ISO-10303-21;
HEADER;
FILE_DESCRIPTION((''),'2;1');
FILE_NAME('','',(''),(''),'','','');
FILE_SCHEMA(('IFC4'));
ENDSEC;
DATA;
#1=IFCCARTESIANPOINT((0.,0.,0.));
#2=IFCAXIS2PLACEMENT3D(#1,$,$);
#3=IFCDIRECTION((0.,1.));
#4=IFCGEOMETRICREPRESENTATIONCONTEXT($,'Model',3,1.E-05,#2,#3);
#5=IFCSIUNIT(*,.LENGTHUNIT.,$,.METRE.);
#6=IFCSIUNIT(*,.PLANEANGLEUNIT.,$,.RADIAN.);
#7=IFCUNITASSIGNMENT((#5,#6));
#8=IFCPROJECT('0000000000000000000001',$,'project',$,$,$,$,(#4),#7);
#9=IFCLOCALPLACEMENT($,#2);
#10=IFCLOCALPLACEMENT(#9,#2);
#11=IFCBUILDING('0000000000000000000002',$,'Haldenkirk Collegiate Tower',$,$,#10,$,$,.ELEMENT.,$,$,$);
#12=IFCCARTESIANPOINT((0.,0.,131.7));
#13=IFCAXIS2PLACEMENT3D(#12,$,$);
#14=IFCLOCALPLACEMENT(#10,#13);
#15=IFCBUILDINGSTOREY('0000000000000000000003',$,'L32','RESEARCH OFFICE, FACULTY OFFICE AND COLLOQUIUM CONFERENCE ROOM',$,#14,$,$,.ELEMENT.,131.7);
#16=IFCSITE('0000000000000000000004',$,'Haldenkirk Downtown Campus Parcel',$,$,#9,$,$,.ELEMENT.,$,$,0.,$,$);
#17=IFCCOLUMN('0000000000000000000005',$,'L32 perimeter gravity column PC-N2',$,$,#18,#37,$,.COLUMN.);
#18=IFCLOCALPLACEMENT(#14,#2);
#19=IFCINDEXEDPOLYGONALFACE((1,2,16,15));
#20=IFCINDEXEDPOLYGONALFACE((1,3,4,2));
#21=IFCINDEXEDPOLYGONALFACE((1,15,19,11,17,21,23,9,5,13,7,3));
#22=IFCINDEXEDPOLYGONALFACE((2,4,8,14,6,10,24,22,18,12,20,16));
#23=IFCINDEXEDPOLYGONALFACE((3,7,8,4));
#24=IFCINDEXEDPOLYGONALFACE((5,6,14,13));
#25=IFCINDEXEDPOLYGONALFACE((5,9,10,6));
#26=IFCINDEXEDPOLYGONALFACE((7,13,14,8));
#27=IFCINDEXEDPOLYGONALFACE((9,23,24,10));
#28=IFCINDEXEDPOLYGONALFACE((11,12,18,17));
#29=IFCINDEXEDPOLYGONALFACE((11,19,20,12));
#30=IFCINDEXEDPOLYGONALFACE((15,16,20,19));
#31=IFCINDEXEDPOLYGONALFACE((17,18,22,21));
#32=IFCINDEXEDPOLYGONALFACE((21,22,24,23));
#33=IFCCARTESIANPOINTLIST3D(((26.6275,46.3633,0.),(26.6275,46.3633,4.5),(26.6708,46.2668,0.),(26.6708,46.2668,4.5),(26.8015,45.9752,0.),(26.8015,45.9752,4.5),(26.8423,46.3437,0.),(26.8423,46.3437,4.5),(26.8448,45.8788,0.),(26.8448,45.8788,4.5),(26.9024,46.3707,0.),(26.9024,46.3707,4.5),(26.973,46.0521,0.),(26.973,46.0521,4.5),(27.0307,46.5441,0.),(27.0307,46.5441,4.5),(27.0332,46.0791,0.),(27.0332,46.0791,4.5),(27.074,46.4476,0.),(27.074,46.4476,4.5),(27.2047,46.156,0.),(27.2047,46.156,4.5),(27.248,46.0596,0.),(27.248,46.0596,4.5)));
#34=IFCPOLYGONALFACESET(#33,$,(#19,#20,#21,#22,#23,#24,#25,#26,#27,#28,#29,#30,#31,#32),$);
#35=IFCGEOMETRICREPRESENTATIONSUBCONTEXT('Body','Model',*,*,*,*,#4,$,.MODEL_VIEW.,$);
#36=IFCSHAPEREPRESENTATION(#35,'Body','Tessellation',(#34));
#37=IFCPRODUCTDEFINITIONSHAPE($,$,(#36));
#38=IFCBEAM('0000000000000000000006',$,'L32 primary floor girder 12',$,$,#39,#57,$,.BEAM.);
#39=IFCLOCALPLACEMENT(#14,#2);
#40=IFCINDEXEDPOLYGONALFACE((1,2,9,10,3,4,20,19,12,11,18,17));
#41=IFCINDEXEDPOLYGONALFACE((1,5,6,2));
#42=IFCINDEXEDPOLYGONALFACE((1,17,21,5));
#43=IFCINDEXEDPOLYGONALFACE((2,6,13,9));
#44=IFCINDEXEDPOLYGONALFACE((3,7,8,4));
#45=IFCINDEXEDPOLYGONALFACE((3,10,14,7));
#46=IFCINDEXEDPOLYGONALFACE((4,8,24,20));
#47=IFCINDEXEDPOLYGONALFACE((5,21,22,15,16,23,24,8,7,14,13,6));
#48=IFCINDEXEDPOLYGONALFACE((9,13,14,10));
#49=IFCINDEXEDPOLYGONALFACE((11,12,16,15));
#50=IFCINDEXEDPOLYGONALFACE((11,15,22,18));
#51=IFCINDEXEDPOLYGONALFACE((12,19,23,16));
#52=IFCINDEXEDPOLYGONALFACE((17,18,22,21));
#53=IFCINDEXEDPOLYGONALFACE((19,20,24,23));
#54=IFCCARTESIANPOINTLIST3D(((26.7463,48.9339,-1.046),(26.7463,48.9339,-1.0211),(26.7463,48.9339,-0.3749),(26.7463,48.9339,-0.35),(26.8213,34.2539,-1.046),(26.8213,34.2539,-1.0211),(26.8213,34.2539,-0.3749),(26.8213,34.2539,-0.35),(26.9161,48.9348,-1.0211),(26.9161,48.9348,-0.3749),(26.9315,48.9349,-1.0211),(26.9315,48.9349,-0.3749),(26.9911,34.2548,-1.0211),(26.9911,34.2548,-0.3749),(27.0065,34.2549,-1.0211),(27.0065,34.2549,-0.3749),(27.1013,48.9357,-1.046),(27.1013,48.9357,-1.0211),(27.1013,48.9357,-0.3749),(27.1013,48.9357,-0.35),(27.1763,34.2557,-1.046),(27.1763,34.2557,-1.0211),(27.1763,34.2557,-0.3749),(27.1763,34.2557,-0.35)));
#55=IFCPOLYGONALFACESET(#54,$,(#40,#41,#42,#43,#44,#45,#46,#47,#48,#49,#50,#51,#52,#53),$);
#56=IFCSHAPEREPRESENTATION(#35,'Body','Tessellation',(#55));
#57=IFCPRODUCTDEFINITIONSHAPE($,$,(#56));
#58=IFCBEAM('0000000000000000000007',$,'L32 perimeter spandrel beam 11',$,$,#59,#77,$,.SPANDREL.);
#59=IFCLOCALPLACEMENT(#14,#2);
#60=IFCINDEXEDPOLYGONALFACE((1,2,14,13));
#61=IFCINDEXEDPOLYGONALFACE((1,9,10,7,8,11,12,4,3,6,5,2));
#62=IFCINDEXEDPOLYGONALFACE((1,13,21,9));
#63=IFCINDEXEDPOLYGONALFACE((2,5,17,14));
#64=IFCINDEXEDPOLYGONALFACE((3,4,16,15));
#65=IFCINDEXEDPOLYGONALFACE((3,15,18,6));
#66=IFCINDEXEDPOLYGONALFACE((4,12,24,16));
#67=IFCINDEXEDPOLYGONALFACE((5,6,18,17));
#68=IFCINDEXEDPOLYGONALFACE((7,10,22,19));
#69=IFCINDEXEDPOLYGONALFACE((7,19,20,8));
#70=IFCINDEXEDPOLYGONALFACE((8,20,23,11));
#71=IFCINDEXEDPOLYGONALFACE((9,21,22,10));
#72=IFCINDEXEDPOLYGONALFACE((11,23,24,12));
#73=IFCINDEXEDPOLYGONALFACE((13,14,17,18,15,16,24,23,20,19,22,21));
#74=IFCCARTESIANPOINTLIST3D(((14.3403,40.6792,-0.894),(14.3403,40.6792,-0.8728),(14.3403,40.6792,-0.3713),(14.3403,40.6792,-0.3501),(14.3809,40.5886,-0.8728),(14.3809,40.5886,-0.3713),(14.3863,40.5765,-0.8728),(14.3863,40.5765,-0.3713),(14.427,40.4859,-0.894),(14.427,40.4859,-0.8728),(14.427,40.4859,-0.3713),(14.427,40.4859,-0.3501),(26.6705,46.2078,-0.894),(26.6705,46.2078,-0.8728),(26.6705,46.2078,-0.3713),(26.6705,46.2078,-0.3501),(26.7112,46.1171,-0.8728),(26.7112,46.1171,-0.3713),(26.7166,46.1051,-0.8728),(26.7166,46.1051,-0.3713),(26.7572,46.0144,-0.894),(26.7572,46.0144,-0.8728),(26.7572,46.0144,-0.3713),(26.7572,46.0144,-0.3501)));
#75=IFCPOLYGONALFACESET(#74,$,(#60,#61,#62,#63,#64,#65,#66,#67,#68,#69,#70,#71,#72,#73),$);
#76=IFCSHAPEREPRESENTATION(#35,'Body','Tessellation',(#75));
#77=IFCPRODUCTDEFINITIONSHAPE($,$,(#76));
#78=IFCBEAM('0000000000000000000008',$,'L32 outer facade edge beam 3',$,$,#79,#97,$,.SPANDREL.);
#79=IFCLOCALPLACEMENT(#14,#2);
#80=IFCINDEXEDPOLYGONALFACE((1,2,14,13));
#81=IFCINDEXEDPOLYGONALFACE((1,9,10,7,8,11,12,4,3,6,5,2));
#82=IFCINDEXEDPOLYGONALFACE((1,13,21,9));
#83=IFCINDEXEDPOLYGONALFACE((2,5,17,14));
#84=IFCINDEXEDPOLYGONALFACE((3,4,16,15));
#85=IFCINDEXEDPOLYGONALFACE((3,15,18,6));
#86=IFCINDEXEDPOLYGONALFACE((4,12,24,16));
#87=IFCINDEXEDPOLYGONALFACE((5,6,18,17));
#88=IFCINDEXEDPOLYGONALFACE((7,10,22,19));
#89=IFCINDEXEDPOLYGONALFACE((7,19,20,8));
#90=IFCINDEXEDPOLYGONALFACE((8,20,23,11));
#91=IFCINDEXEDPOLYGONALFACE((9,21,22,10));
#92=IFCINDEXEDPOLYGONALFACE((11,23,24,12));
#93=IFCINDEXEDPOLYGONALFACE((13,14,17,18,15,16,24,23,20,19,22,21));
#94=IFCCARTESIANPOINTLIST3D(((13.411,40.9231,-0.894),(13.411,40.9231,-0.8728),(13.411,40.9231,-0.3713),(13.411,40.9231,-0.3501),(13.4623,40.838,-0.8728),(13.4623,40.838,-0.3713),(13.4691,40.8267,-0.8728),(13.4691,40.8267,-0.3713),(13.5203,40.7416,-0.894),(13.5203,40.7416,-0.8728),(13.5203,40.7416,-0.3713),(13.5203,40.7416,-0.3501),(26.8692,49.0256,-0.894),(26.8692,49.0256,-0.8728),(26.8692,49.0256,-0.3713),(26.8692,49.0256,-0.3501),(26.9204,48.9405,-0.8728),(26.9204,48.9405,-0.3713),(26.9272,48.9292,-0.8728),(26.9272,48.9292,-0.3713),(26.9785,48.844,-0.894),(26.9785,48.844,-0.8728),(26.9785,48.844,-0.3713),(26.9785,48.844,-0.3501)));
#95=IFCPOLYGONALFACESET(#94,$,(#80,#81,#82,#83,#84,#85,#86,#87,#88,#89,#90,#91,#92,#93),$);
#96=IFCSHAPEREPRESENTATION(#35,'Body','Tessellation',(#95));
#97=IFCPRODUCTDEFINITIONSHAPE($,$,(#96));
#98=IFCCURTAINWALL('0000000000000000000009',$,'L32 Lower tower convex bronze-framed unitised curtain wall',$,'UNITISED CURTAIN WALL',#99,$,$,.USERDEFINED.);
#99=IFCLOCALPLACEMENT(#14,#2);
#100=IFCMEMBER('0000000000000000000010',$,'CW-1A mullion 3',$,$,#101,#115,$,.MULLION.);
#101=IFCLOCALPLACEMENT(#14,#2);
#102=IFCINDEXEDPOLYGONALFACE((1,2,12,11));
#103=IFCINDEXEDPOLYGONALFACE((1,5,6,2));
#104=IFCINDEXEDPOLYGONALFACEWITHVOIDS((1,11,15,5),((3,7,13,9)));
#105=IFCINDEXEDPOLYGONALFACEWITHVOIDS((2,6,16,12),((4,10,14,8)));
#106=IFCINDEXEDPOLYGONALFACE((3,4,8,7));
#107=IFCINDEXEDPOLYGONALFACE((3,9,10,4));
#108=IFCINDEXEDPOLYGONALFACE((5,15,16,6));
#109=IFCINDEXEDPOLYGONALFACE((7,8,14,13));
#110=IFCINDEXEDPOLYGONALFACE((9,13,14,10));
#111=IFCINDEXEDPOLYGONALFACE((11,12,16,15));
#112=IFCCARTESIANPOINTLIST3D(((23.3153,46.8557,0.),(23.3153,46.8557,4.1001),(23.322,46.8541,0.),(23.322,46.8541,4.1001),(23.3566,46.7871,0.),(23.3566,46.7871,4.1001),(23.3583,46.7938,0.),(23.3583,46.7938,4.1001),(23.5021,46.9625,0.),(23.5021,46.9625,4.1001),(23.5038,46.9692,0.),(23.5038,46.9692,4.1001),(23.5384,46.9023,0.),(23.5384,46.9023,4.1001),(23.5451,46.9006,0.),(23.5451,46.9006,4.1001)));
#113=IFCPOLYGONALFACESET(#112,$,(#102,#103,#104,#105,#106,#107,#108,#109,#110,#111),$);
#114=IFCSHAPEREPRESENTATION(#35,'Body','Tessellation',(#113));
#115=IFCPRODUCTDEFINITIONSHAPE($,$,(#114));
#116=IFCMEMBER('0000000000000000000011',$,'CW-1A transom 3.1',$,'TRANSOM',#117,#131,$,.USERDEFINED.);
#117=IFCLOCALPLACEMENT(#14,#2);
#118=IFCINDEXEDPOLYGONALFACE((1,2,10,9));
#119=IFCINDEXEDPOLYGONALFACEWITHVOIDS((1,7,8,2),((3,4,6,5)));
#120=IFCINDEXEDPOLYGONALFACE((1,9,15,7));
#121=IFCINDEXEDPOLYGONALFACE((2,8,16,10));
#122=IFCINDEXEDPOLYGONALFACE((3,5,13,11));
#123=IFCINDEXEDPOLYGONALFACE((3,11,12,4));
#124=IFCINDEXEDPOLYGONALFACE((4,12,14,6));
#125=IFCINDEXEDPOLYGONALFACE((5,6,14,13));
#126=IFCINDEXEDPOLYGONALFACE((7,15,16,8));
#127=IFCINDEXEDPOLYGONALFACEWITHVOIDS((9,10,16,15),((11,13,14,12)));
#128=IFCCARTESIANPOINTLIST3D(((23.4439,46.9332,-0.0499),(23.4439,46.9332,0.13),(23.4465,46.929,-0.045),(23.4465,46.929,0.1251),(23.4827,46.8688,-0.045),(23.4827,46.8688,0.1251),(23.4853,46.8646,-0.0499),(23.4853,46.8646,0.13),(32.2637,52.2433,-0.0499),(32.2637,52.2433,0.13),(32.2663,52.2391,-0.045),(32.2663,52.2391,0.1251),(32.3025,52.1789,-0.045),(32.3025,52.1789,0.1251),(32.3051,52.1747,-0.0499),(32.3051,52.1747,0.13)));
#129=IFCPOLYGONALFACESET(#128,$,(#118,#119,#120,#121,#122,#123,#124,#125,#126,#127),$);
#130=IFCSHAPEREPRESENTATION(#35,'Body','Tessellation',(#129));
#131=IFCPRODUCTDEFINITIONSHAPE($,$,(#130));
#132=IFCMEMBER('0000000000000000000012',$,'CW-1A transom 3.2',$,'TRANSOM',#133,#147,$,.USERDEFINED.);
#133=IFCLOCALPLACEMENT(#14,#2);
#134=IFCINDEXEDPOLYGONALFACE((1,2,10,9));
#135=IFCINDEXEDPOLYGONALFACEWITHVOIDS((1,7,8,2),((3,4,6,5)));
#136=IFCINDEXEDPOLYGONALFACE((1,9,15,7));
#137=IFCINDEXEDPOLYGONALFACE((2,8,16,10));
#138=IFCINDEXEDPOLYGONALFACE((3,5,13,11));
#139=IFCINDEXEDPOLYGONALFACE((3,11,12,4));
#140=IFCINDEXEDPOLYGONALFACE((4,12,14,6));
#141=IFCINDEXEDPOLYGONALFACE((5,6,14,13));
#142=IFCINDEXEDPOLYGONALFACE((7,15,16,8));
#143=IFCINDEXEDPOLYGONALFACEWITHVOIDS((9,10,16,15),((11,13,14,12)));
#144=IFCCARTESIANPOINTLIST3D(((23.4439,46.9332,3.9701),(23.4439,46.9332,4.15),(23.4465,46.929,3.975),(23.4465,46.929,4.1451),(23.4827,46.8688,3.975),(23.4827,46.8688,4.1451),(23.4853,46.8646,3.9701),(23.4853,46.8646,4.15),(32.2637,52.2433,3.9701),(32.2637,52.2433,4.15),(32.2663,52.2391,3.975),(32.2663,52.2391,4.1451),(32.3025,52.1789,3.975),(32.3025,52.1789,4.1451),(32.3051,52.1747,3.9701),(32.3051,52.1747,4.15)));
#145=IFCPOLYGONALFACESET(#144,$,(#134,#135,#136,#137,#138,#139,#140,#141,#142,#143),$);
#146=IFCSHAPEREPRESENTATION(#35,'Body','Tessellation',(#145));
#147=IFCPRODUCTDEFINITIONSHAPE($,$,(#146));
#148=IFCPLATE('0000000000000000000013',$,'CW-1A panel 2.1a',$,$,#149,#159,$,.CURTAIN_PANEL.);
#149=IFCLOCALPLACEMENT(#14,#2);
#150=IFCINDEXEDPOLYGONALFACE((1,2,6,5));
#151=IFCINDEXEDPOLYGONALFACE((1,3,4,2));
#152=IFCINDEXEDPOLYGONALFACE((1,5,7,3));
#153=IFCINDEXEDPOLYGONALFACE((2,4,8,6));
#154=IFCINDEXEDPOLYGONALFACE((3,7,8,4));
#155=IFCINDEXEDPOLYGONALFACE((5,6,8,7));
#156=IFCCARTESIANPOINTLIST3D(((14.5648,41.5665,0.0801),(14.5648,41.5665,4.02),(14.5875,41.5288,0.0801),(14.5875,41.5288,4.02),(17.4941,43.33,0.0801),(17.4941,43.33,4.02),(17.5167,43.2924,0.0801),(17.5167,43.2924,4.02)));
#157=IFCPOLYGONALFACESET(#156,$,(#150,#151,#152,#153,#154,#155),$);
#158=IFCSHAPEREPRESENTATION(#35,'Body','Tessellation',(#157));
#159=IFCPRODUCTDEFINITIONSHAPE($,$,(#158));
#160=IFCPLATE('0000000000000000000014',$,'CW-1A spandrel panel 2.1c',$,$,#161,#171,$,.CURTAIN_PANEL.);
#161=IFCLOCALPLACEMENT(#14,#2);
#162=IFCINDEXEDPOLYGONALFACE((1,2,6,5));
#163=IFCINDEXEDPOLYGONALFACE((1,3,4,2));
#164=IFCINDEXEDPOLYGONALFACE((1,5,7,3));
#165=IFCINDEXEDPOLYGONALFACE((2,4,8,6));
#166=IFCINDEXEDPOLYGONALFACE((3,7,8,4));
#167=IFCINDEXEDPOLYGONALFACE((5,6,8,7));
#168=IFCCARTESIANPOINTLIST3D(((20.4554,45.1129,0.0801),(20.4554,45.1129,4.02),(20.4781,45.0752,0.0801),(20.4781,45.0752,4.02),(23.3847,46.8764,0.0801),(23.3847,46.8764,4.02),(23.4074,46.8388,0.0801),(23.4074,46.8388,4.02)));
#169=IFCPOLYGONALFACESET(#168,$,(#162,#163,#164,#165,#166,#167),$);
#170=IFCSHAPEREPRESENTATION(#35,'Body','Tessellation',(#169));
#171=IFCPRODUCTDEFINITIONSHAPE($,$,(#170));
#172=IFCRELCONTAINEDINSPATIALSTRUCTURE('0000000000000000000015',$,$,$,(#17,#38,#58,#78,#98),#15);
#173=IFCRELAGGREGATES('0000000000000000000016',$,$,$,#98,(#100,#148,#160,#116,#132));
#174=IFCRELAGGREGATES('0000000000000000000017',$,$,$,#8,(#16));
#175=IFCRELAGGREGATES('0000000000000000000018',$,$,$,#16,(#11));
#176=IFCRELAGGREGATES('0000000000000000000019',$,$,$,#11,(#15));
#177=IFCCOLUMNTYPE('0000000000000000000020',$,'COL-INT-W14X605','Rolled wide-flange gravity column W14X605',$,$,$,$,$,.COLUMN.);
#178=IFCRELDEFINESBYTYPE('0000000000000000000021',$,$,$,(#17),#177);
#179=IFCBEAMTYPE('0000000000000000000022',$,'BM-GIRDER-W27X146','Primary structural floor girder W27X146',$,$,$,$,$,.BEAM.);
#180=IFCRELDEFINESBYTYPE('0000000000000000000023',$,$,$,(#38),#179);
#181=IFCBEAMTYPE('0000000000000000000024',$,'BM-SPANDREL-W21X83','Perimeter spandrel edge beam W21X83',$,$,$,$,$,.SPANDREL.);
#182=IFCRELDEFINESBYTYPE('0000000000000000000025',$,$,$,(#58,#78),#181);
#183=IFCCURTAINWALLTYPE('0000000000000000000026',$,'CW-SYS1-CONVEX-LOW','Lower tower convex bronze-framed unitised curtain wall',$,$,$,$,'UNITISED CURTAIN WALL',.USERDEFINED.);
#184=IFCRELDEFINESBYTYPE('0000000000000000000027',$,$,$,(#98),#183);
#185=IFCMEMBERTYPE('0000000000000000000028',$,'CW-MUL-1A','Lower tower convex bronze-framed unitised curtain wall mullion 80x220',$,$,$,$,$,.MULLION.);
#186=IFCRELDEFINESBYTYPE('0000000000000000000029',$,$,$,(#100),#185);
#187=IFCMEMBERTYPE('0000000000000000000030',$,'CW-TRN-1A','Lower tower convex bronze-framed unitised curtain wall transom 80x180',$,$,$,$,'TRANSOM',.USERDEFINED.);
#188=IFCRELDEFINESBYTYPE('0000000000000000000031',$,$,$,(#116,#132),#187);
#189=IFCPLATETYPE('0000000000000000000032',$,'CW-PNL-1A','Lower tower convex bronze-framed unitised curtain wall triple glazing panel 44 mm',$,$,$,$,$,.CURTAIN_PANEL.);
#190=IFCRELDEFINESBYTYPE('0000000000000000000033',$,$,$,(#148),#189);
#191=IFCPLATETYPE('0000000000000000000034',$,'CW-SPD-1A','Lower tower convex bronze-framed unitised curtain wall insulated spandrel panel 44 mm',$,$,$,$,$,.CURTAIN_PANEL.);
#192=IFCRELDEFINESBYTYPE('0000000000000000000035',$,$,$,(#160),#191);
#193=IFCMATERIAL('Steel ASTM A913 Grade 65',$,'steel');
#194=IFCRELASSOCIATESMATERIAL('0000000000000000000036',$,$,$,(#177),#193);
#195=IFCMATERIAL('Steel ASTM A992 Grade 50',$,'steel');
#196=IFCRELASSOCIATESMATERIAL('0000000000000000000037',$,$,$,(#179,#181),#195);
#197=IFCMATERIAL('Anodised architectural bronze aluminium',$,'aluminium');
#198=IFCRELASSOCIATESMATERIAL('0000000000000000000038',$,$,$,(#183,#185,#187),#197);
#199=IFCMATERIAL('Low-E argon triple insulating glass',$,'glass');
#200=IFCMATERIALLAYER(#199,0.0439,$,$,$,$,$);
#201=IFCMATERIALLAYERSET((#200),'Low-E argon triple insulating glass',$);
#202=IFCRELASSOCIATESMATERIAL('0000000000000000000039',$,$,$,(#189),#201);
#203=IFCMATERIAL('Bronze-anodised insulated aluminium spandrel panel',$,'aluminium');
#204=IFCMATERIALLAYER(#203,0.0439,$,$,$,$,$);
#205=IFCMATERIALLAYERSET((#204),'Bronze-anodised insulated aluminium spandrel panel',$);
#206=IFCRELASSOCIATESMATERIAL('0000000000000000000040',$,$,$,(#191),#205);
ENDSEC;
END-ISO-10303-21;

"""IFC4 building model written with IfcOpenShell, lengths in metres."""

from ifc_helpers import new_model, si_unit, direction, frame, origin, origin_2d, place, context, subcontext, project, spatial, rectangle, hollow_rectangle, i_section, extrude, source, transform, mapped, material, layer, layer_set, material_profile, profile_set, type_object, element, aggregate, save


model = new_model("IFC4")

# Units and contexts
model_context = context("Model", 3, precision=1e-05, world=origin(), true_north=direction((0.0, 1.0)))
body_context = subcontext(model_context, "Body", "Model", "MODEL_VIEW")
ifc_project = project(units=[si_unit("LENGTHUNIT", "METRE"), si_unit("PLANEANGLEUNIT", "RADIAN")], contexts=[model_context])

# Site, building, storey
site_placement = place(None, origin())
site = spatial("IfcSite", under=ifc_project, at=site_placement, Name="Haldenkirk Downtown Campus Parcel", CompositionType="ELEMENT", RefElevation=0.0)
building_placement = place(site_placement, origin())
building = spatial("IfcBuilding", under=site, at=building_placement, Name="Haldenkirk Collegiate Tower", CompositionType="ELEMENT")
storey_placement = place(building_placement, frame((0.0, 0.0, 131.7)))
storey = spatial("IfcBuildingStorey", under=building, at=storey_placement, Name="L32", Description="RESEARCH OFFICE, FACULTY OFFICE AND COLLOQUIUM CONFERENCE ROOM", CompositionType="ELEMENT", Elevation=131.7)

# Column
ifc_material_1 = material(Name="Steel ASTM A913 Grade 65", Category="steel")
ifc_material_profile_1 = material_profile(ifc_material_1, i_section(OverallWidth=0.4419, OverallDepth=0.531, WebThickness=0.0659, FlangeThickness=0.1057, at=origin_2d()), Name="W14X605")
ifc_profile_set_1 = profile_set([ifc_material_profile_1], Name="Steel ASTM A913 Grade 65")
column_type = type_object("IfcColumnType", Name="COL-INT-W14X605", Description="Rolled wide-flange gravity column W14X605", PredefinedType="COLUMN", material=ifc_profile_set_1)
column_placement = place(storey_placement, frame((26.9377, 46.2114, 0.0), z_axis=(0.0, 0.0, 1.0), x_axis=(0.912477, 0.409127, 0.0)))
element("IfcColumn", 1, at=column_placement, inside=storey, type_object=column_type, Name="L32 perimeter gravity column PC-N2", PredefinedType="COLUMN", context=body_context, shape_type="SweptSolid", body=[
    extrude(i_section(OverallWidth=0.4419, OverallDepth=0.531, WebThickness=0.0659, FlangeThickness=0.1057, at=origin_2d()), origin(), (0.0, 0.0, 1.0), 4.5),
])

# Beams
ifc_material_2 = material(Name="Steel ASTM A992 Grade 50", Category="steel")
ifc_material_profile_2 = material_profile(ifc_material_2, i_section(OverallWidth=0.355, OverallDepth=0.696, WebThickness=0.0154, FlangeThickness=0.0249, at=origin_2d()), Name="W27X146")
ifc_profile_set_2 = profile_set([ifc_material_profile_2], Name="Steel ASTM A992 Grade 50")
beam_type_1 = type_object("IfcBeamType", Name="BM-GIRDER-W27X146", Description="Primary structural floor girder W27X146", PredefinedType="BEAM", material=ifc_profile_set_2)
beam_1_placement = place(storey_placement, frame((26.9238, 48.9348, -0.698), z_axis=(0.005106, -0.999987, 0.0), x_axis=(0.999987, 0.005106, 0.0)))
element("IfcBeam", 2, at=beam_1_placement, inside=storey, type_object=beam_type_1, Name="L32 primary floor girder 12", PredefinedType="BEAM", context=body_context, shape_type="SweptSolid", body=[
    extrude(i_section(OverallWidth=0.355, OverallDepth=0.696, WebThickness=0.0154, FlangeThickness=0.0249, at=origin_2d()), origin(), (0.0, 0.0, 1.0), 14.6802),
])
ifc_material_profile_3 = material_profile(ifc_material_2, i_section(OverallWidth=0.2119, OverallDepth=0.5439, WebThickness=0.0132, FlangeThickness=0.0212, at=origin_2d()), Name="W21X83")
ifc_profile_set_3 = profile_set([ifc_material_profile_3], Name="Steel ASTM A992 Grade 50")
beam_type_2 = type_object("IfcBeamType", Name="BM-SPANDREL-W21X83", Description="Perimeter spandrel edge beam W21X83", PredefinedType="SPANDREL", material=ifc_profile_set_3)
beam_2_placement = place(storey_placement, frame((26.7139, 46.1111, -0.6221), z_axis=(-0.912477, -0.409129, 0.0), x_axis=(0.409129, -0.912477, 0.0)))
element("IfcBeam", 3, at=beam_2_placement, inside=storey, type_object=beam_type_2, Name="L32 perimeter spandrel beam 11", PredefinedType="SPANDREL", context=body_context, shape_type="SweptSolid", body=[
    extrude(i_section(OverallWidth=0.2119, OverallDepth=0.5439, WebThickness=0.0132, FlangeThickness=0.0212, at=origin_2d()), origin(), (0.0, 0.0, 1.0), 13.5129),
])
beam_3_placement = place(storey_placement, frame((26.9238, 48.9348, -0.6221), z_axis=(-0.856717, -0.515786, 0.0), x_axis=(0.515786, -0.856717, 0.0)))
element("IfcBeam", 4, at=beam_3_placement, inside=storey, type_object=beam_type_2, Name="L32 outer facade edge beam 3", PredefinedType="SPANDREL", context=body_context, shape_type="SweptSolid", body=[
    extrude(i_section(OverallWidth=0.2119, OverallDepth=0.5439, WebThickness=0.0132, FlangeThickness=0.0212, at=origin_2d()), origin(), (0.0, 0.0, 1.0), 15.709),
])

# Curtain wall, members, plates
ifc_material_3 = material(Name="Anodised architectural bronze aluminium", Category="aluminium")
curtain_wall_type = type_object("IfcCurtainWallType", Name="CW-SYS1-CONVEX-LOW", Description="Lower tower convex bronze-framed unitised curtain wall", ElementType="UNITISED CURTAIN WALL", PredefinedType="USERDEFINED", material=ifc_material_3)
curtain_wall_placement = place(storey_placement, origin())
curtain_wall = element("IfcCurtainWall", 5, at=curtain_wall_placement, inside=storey, type_object=curtain_wall_type, Name="L32 Lower tower convex bronze-framed unitised curtain wall", ObjectType="UNITISED CURTAIN WALL", PredefinedType="USERDEFINED")
ifc_material_profile_4 = material_profile(ifc_material_3, hollow_rectangle(XDim=0.0801, YDim=0.22, WallThickness=0.0049, at=origin_2d()), Name="CW-MUL-1A")
ifc_profile_set_4 = profile_set([ifc_material_profile_4], Name="Anodised architectural bronze aluminium")
member_type_1 = type_object("IfcMemberType", Name="CW-MUL-1A", Description="Lower tower convex bronze-framed unitised curtain wall mullion 80x220", PredefinedType="MULLION", material=ifc_profile_set_4)
member_1_placement = place(storey_placement, frame((23.4302, 46.8782, 0.0), z_axis=(0.0, 0.0, 1.0), x_axis=(-0.515784, 0.856718, 0.0)))
member_1 = element("IfcMember", 6, at=member_1_placement, type_object=member_type_1, Name="CW-1A mullion 3", PredefinedType="MULLION", context=body_context, shape_type="SweptSolid", body=[
    extrude(hollow_rectangle(XDim=0.0801, YDim=0.22, WallThickness=0.0049, at=origin_2d()), origin(), (0.0, 0.0, 1.0), 4.1001),
])
ifc_material_profile_5 = material_profile(ifc_material_3, hollow_rectangle(XDim=0.0801, YDim=0.1799, WallThickness=0.0049, at=origin_2d()), Name="CW-TRN-1A")
ifc_profile_set_5 = profile_set([ifc_material_profile_5], Name="Anodised architectural bronze aluminium")
member_type_2 = type_object("IfcMemberType", Name="CW-TRN-1A", Description="Lower tower convex bronze-framed unitised curtain wall transom 80x180", ElementType="TRANSOM", PredefinedType="USERDEFINED", material=ifc_profile_set_5)
member_2_placement = place(storey_placement, frame((23.4646, 46.8989, 0.04), z_axis=(0.856714, 0.515792, 0.0), x_axis=(-0.515792, 0.856714, 0.0)))
member_2 = element("IfcMember", 7, at=member_2_placement, type_object=member_type_2, Name="CW-1A transom 3.1", ObjectType="TRANSOM", PredefinedType="USERDEFINED", context=body_context, shape_type="SweptSolid", body=[
    extrude(hollow_rectangle(XDim=0.0801, YDim=0.1799, WallThickness=0.0049, at=origin_2d()), origin(), (0.0, 0.0, 1.0), 10.2949),
])
member_3_placement = place(storey_placement, frame((23.4646, 46.8989, 4.0601), z_axis=(0.856714, 0.515792, 0.0), x_axis=(-0.515792, 0.856714, 0.0)))
member_3 = element("IfcMember", 8, at=member_3_placement, type_object=member_type_2, Name="CW-1A transom 3.2", ObjectType="TRANSOM", PredefinedType="USERDEFINED", context=body_context, shape_type="SweptSolid", body=[
    extrude(hollow_rectangle(XDim=0.0801, YDim=0.1799, WallThickness=0.0049, at=origin_2d()), origin(), (0.0, 0.0, 1.0), 10.2949),
])
ifc_material_4 = material(Name="Low-E argon triple insulating glass", Category="glass")
ifc_layer_1 = layer(ifc_material_4, 0.0439)
ifc_layer_set_1 = layer_set([ifc_layer_1], Name="Low-E argon triple insulating glass")
plate_type_1 = type_object("IfcPlateType", Name="CW-PNL-1A", Description="Lower tower convex bronze-framed unitised curtain wall triple glazing panel 44 mm", PredefinedType="CURTAIN_PANEL", material=ifc_layer_set_1)
shared_shape_1 = source(origin(), body_context, "Body", "SweptSolid", [
    extrude(rectangle(XDim=3.4192, YDim=0.0439, at=origin_2d()), origin(), (0.0, 0.0, 1.0), 3.9399),
])
plate_1_placement = place(storey_placement, frame((16.0408, 42.4294, 0.0801), z_axis=(0.0, 0.0, 1.0), x_axis=(0.856718, 0.515784, 0.0)))
plate_1 = element("IfcPlate", 9, at=plate_1_placement, type_object=plate_type_1, Name="CW-1A panel 2.1a", PredefinedType="CURTAIN_PANEL", context=body_context, shape_type="MappedRepresentation", body=[
    mapped(shared_shape_1, transform((0.0, 0.0, 0.0), x_axis=(1.0, 0.0, 0.0), y_axis=(0.0, 1.0, 0.0), z_axis=(0.0, 0.0, 1.0), scale=1.0)),
])
ifc_material_5 = material(Name="Bronze-anodised insulated aluminium spandrel panel", Category="aluminium")
ifc_layer_2 = layer(ifc_material_5, 0.0439)
ifc_layer_set_2 = layer_set([ifc_layer_2], Name="Bronze-anodised insulated aluminium spandrel panel")
plate_type_2 = type_object("IfcPlateType", Name="CW-SPD-1A", Description="Lower tower convex bronze-framed unitised curtain wall insulated spandrel panel 44 mm", PredefinedType="CURTAIN_PANEL", material=ifc_layer_set_2)
plate_2_placement = place(storey_placement, frame((21.9314, 45.9758, 0.0801), z_axis=(0.0, 0.0, 1.0), x_axis=(0.856718, 0.515784, 0.0)))
plate_2 = element("IfcPlate", 10, at=plate_2_placement, type_object=plate_type_2, Name="CW-1A spandrel panel 2.1c", PredefinedType="CURTAIN_PANEL", context=body_context, shape_type="MappedRepresentation", body=[
    mapped(shared_shape_1, transform((0.0, 0.0, 0.0), x_axis=(1.0, 0.0, 0.0), y_axis=(0.0, 1.0, 0.0), z_axis=(0.0, 0.0, 1.0), scale=1.0)),
])
aggregate(curtain_wall, [member_1, plate_1, plate_2, member_2, member_3])

save(model, "model.ifc")
